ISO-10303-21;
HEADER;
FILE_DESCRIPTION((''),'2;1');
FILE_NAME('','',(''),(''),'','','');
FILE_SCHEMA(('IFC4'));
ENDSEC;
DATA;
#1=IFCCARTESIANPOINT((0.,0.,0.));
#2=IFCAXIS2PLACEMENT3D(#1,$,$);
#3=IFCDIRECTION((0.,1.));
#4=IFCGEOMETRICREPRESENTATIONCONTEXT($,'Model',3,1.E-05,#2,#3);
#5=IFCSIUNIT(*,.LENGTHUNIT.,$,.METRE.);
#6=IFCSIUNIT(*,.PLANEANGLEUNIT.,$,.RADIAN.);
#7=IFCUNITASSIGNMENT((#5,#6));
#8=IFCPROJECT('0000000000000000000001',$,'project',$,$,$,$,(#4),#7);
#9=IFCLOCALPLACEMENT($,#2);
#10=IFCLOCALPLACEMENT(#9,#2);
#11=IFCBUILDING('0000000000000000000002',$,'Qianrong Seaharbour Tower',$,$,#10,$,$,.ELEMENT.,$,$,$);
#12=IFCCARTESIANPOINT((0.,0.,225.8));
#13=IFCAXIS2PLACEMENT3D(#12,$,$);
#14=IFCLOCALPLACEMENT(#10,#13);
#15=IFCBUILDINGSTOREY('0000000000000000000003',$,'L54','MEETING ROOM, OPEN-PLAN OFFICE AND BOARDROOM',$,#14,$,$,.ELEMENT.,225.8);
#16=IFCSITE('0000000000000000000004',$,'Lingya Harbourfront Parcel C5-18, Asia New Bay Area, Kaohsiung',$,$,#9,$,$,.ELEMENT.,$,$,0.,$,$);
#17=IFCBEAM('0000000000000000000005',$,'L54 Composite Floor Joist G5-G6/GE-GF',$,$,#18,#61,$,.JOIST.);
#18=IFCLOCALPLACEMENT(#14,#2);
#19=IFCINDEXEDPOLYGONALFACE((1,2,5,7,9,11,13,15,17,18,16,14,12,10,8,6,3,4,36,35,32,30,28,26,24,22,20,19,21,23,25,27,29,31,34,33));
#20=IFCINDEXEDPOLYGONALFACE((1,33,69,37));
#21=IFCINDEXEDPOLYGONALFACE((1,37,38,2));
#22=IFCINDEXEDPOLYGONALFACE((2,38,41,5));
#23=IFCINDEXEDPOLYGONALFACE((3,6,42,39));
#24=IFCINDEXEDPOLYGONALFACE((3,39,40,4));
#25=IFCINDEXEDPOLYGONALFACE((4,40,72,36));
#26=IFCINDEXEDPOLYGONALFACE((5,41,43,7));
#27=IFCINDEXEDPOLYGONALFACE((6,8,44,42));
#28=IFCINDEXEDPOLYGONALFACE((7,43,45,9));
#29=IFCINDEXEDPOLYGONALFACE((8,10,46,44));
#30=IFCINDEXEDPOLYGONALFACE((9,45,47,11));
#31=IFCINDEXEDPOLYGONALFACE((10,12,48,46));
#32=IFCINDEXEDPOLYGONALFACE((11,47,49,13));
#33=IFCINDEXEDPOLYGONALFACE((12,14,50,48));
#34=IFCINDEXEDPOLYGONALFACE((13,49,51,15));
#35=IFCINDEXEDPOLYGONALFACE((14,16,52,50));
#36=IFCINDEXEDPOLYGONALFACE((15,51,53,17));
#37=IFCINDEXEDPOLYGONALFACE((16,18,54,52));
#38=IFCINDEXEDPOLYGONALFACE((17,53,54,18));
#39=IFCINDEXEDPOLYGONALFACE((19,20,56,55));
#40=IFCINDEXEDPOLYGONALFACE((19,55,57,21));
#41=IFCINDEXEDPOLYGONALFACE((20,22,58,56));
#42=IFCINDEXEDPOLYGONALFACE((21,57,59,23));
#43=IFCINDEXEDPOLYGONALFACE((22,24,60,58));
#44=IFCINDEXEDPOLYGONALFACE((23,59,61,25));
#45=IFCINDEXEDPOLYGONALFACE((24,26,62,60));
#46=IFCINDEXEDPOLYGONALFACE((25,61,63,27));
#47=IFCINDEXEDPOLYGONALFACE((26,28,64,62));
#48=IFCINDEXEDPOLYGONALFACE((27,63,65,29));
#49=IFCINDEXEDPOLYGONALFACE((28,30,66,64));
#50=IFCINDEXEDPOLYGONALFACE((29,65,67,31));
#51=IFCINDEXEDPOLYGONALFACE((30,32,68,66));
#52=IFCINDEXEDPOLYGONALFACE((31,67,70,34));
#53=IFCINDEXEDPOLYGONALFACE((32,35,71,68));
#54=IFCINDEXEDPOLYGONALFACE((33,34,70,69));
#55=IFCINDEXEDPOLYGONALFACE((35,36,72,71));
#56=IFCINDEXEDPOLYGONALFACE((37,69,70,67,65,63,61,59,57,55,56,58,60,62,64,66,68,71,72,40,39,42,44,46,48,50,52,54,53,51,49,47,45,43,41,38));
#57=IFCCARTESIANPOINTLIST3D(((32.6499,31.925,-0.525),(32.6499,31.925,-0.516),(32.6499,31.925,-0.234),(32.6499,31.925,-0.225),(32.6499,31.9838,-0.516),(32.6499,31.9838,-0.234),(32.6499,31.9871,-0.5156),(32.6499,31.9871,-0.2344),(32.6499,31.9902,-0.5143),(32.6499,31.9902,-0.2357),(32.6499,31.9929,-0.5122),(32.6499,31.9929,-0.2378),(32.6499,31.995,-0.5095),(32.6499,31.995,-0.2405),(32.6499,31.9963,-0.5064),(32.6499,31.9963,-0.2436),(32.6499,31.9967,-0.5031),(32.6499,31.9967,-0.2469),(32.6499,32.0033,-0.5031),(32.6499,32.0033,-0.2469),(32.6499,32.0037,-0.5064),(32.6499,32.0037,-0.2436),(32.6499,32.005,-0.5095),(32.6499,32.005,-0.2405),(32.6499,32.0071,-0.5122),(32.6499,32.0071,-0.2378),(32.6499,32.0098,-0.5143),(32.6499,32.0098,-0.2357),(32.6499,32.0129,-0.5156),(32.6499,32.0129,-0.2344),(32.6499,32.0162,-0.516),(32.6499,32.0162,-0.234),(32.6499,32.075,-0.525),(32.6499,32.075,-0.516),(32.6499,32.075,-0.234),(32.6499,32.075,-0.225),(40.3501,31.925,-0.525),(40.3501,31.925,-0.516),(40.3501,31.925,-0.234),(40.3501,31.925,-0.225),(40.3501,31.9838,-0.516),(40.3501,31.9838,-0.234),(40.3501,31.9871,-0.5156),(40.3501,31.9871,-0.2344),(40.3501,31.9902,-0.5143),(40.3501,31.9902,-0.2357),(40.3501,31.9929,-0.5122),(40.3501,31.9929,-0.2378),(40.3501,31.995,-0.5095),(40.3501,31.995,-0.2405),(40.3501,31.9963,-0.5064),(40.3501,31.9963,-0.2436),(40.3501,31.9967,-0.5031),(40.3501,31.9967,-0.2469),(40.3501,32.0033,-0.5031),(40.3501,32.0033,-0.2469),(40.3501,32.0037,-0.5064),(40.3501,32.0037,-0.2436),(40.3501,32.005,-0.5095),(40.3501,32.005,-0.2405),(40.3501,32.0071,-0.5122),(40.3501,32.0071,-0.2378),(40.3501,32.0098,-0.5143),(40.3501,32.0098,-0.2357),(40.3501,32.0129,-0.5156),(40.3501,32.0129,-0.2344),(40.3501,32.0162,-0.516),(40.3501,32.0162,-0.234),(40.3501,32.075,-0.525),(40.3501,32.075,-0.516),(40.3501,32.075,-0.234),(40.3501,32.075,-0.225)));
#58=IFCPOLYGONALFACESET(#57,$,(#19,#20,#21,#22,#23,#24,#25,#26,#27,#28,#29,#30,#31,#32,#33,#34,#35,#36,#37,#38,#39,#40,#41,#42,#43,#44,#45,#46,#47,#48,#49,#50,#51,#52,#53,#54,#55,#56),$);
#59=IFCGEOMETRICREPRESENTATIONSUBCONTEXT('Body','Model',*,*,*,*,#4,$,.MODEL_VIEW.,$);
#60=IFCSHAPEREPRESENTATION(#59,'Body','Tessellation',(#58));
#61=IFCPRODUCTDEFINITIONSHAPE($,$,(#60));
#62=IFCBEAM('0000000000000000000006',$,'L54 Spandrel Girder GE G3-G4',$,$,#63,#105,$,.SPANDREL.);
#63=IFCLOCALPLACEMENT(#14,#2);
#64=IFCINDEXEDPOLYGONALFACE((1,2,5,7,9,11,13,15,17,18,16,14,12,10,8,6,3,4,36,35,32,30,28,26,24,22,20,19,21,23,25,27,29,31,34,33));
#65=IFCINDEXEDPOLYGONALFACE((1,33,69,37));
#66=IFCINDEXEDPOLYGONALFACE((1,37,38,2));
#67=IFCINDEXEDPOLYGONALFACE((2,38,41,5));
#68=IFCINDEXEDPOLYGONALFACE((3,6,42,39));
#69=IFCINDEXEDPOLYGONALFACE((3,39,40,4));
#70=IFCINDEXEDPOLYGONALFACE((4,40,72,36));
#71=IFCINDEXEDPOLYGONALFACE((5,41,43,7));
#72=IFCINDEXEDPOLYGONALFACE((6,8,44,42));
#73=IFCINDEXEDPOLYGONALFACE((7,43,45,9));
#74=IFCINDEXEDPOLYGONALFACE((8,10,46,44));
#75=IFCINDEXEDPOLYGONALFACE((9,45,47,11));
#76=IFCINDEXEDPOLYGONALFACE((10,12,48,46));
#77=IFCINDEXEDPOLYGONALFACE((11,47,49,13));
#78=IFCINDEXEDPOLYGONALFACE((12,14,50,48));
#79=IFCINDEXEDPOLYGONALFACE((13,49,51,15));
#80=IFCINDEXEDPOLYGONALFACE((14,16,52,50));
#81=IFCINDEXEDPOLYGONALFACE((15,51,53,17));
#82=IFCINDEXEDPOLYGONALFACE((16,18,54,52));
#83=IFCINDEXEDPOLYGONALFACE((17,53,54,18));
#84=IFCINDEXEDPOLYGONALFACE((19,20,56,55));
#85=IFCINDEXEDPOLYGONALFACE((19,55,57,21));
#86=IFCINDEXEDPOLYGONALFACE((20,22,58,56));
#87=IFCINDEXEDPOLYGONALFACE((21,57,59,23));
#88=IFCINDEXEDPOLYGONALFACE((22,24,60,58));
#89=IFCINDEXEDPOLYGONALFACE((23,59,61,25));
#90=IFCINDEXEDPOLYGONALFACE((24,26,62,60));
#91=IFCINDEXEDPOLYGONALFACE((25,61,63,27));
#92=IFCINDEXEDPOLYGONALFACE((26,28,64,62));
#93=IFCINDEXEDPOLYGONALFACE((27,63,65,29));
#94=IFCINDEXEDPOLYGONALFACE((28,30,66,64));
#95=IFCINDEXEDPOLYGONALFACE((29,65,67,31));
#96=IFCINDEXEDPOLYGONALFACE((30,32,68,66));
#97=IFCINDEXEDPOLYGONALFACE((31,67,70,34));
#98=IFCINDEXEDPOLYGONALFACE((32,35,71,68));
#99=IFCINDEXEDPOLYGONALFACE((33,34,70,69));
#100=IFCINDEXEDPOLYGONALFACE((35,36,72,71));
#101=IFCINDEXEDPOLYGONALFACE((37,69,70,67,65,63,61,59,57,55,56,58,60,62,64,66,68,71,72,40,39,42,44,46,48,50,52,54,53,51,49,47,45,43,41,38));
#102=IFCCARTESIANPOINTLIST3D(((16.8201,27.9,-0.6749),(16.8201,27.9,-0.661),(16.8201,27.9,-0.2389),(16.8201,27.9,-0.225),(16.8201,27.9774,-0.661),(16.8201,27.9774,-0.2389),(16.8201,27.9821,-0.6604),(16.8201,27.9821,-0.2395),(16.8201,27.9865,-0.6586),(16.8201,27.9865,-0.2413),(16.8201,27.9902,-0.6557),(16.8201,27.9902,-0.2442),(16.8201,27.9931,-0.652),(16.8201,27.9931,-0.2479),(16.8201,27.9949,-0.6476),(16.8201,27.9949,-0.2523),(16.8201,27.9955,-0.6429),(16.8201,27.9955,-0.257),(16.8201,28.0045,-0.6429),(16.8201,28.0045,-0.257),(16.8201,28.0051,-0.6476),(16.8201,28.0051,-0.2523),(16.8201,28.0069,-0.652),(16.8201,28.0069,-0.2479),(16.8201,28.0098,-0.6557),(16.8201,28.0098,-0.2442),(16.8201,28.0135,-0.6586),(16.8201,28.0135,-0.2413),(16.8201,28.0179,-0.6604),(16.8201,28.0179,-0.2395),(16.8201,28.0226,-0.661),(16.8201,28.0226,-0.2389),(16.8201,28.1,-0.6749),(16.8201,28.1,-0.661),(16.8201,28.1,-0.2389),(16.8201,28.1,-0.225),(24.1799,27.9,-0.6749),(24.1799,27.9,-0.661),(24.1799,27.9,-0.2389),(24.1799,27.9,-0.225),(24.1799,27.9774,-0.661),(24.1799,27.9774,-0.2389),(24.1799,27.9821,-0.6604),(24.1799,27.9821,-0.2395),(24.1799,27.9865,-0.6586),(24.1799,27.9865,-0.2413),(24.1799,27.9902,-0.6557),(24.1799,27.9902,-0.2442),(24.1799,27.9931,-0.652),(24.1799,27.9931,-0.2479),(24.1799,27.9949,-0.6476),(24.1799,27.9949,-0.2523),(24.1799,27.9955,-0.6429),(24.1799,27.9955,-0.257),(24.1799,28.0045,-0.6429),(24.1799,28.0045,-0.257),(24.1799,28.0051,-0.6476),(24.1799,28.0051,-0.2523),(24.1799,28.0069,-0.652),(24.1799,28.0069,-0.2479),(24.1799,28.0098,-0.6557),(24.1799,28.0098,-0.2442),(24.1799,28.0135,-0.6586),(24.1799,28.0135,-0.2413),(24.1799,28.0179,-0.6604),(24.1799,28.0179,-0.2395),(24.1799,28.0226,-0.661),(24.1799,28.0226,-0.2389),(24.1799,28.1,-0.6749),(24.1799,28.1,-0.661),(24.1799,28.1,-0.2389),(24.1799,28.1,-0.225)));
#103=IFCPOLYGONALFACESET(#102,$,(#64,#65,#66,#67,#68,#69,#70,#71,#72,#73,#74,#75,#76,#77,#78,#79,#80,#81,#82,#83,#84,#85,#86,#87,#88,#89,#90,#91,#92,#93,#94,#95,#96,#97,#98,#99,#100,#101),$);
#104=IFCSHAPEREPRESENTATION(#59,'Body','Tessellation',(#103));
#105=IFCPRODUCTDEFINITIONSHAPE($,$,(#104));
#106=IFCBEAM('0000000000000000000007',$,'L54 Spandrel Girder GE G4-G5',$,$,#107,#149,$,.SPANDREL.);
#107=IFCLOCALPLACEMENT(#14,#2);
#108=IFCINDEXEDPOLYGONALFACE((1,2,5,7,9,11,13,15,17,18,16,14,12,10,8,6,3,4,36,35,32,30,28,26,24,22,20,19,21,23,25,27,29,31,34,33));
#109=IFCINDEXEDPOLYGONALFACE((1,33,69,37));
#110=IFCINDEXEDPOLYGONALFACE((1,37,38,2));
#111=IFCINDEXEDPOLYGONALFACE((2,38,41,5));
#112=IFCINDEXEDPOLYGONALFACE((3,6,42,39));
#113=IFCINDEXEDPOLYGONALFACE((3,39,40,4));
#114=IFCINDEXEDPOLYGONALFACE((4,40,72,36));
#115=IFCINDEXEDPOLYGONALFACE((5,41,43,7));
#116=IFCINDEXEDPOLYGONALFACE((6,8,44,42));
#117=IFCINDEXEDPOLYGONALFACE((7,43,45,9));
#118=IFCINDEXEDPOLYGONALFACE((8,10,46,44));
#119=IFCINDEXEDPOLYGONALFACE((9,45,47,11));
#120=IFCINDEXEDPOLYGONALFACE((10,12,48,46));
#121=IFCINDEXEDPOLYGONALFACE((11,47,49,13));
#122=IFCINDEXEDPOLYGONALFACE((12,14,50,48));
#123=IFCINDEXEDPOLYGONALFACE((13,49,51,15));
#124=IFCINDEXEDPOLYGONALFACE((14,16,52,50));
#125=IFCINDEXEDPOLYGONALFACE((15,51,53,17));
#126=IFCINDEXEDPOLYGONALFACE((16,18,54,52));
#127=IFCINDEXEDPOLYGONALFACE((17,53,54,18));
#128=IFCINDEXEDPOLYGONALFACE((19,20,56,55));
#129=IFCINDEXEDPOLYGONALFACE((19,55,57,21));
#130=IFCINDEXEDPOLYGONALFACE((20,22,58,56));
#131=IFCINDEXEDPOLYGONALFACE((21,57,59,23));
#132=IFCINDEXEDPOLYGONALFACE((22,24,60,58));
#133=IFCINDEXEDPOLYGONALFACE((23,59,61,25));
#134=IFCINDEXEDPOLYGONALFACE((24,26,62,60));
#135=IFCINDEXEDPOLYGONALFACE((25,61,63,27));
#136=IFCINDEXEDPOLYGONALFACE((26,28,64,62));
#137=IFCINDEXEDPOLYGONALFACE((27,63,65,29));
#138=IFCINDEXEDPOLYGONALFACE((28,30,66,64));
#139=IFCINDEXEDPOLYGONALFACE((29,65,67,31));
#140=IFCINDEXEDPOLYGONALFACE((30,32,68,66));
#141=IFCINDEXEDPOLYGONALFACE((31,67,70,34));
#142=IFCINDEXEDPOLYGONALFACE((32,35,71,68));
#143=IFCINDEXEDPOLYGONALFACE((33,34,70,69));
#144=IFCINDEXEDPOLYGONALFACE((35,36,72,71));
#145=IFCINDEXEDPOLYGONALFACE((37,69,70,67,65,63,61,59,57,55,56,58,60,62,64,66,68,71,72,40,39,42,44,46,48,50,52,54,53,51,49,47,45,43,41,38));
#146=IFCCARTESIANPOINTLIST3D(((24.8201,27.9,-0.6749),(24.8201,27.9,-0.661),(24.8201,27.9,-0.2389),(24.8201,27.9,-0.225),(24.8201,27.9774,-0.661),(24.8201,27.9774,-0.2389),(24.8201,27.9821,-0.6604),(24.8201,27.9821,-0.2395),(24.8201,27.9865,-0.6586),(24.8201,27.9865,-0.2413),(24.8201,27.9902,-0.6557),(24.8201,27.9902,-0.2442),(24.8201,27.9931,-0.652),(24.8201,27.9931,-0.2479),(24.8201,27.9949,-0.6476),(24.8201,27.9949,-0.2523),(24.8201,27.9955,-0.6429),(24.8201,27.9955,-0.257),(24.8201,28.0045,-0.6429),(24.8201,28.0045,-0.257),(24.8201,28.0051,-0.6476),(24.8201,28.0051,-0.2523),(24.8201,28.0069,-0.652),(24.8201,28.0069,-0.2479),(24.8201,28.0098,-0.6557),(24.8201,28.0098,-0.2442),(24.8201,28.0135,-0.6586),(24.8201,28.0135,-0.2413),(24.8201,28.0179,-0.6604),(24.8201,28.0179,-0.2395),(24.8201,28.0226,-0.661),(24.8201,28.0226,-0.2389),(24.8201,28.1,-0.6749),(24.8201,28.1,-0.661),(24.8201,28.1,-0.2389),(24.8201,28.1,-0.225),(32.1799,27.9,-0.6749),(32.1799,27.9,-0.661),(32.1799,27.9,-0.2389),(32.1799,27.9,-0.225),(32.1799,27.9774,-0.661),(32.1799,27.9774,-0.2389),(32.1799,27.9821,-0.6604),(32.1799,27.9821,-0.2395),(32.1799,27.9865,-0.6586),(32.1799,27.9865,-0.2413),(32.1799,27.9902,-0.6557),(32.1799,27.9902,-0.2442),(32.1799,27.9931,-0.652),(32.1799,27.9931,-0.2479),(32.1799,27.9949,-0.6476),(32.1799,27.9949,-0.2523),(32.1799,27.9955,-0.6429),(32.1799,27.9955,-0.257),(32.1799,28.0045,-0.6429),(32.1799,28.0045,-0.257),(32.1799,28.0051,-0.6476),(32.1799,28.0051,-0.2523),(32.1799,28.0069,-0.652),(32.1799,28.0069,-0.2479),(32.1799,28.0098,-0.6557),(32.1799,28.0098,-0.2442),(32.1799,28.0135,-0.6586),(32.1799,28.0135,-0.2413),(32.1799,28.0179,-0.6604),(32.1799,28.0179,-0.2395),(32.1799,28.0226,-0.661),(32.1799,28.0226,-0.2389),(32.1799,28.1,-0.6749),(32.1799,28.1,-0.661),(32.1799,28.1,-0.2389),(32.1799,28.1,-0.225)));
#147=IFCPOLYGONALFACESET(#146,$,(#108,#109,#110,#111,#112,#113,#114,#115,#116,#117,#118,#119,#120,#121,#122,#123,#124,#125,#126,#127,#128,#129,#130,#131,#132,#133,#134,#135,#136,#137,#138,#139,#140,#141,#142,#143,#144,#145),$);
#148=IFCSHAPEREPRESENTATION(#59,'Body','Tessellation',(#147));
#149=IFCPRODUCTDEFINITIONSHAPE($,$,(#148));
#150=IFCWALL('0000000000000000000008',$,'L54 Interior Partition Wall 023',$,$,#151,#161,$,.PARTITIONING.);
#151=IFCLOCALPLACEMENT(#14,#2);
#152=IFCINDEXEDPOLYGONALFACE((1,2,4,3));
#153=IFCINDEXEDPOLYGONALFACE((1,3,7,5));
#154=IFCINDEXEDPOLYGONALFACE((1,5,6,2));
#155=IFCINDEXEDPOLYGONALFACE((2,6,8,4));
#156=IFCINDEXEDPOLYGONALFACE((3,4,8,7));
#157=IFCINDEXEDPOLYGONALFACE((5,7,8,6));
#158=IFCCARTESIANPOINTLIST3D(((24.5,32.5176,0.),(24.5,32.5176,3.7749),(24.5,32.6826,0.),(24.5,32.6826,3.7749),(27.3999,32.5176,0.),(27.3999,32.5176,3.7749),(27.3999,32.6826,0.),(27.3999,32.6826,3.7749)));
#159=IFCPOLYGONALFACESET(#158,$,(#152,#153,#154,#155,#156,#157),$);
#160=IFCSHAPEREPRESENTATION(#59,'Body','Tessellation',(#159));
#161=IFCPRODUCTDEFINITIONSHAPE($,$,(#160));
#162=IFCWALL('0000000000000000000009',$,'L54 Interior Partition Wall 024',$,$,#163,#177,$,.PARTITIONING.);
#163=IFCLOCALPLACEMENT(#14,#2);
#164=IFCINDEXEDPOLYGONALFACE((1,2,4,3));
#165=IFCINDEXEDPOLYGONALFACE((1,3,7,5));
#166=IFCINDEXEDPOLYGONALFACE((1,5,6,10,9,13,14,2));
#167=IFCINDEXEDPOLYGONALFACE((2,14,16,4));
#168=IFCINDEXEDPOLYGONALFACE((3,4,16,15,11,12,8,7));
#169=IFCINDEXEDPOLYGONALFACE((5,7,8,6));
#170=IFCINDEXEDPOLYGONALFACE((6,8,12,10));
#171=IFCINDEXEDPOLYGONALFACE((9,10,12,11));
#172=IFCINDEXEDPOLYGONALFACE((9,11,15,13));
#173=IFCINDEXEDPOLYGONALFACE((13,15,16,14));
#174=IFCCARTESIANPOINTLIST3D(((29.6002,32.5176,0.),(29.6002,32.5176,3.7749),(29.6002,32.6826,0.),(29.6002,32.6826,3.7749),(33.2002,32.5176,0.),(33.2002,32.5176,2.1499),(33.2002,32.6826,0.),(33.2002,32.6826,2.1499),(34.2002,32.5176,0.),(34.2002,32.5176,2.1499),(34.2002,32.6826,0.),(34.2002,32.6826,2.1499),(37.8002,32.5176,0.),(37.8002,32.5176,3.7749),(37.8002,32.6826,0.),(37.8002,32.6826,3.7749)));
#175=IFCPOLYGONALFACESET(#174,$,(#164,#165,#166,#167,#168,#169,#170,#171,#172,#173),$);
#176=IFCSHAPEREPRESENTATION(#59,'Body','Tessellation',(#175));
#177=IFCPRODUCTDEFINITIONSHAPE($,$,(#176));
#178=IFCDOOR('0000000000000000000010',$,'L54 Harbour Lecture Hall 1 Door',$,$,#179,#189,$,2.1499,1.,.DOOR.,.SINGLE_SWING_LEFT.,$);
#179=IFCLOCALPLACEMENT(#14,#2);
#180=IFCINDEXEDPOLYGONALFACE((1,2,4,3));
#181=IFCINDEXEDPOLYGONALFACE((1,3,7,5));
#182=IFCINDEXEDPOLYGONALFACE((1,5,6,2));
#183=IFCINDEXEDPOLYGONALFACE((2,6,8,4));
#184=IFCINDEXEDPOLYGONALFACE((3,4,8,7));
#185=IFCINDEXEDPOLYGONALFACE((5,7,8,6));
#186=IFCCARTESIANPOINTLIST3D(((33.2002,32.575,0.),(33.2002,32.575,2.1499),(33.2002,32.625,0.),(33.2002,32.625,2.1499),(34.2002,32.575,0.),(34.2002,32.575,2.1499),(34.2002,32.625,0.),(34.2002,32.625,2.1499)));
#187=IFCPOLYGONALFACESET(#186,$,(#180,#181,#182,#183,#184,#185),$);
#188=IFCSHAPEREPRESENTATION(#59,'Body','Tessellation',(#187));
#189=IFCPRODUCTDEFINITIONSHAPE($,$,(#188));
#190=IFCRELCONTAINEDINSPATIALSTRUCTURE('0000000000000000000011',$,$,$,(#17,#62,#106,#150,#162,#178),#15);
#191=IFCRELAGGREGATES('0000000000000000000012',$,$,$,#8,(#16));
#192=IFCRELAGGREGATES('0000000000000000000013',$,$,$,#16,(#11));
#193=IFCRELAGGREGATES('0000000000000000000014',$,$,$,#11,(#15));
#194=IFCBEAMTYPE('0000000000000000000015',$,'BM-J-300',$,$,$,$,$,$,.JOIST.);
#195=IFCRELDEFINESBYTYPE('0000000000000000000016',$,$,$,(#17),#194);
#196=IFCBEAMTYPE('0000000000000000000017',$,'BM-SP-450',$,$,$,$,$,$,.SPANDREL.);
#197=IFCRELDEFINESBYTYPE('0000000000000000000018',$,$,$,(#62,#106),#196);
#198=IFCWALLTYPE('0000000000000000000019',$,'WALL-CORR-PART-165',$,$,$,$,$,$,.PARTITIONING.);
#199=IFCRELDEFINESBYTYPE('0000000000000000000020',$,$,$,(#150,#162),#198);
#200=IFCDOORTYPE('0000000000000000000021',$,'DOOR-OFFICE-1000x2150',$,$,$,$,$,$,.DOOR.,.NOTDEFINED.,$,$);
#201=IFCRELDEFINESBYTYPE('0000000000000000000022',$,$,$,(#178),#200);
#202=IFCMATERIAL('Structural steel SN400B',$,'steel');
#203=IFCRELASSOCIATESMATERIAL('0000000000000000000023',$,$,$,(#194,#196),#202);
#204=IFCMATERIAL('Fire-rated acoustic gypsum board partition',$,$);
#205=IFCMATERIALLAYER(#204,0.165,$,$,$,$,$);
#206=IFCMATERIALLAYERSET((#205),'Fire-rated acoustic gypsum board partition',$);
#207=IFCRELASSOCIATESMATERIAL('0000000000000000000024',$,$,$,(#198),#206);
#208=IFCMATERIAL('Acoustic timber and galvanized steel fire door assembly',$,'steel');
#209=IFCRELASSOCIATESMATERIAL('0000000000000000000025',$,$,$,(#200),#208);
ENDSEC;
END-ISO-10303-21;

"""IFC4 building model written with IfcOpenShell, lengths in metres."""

from ifc_helpers import new_model, si_unit, direction, frame, frame_2d, origin, origin_2d, place, context, subcontext, project, spatial, rectangle, i_section, extrude, material, layer, layer_set, material_profile, profile_set, type_object, element, fill, save


model = new_model("IFC4")

# Units and contexts
model_context = context("Model", 3, precision=1e-05, world=origin(), true_north=direction((0.0, 1.0)))
body_context = subcontext(model_context, "Body", "Model", "MODEL_VIEW")
ifc_project = project(units=[si_unit("LENGTHUNIT", "METRE"), si_unit("PLANEANGLEUNIT", "RADIAN")], contexts=[model_context])

# Site, building, storey
site_placement = place(None, origin())
site = spatial("IfcSite", under=ifc_project, at=site_placement, Name="Lingya Harbourfront Parcel C5-18, Asia New Bay Area, Kaohsiung", CompositionType="ELEMENT", RefElevation=0.0)
building_placement = place(site_placement, origin())
building = spatial("IfcBuilding", under=site, at=building_placement, Name="Qianrong Seaharbour Tower", CompositionType="ELEMENT")
storey_placement = place(building_placement, frame((0.0, 0.0, 225.8)))
storey = spatial("IfcBuildingStorey", under=building, at=storey_placement, Name="L54", Description="MEETING ROOM, OPEN-PLAN OFFICE AND BOARDROOM", CompositionType="ELEMENT", Elevation=225.8)

# Beams
ifc_material_1 = material(Name="Structural steel SN400B", Category="steel")
ifc_material_profile_1 = material_profile(ifc_material_1, i_section(OverallWidth=0.1499, OverallDepth=0.3, WebThickness=0.0066, FlangeThickness=0.009, FilletRadius=0.0129, at=origin_2d()), Name="H300x150x6.5x9")
ifc_profile_set_1 = profile_set([ifc_material_profile_1], Name="Structural steel SN400B")
beam_type_1 = type_object("IfcBeamType", Name="BM-J-300", PredefinedType="JOIST", material=ifc_profile_set_1)
for number, where, z_axis, x_axis, name in (
    (1, (32.6499, 32.0, -0.375), (1.0, 0.0, 0.0), (0.0, 1.0, 0.0), "L54 Composite Floor Joist G5-G6/GE-GF"),
):
    element("IfcBeam", number, at=place(storey_placement, frame(where, z_axis=z_axis, x_axis=x_axis)), inside=storey, type_object=beam_type_1, Name=name, PredefinedType="JOIST", context=body_context, shape_type="SweptSolid", body=[
        extrude(i_section(OverallWidth=0.1499, OverallDepth=0.3, WebThickness=0.0066, FlangeThickness=0.009, FilletRadius=0.0129, at=origin_2d()), origin(), (0.0, 0.0, 1.0), 7.7002),
    ])
ifc_material_profile_2 = material_profile(ifc_material_1, i_section(OverallWidth=0.2, OverallDepth=0.45, WebThickness=0.009, FlangeThickness=0.0139, FilletRadius=0.0181, at=origin_2d()), Name="H450x200x9x14")
ifc_profile_set_2 = profile_set([ifc_material_profile_2], Name="Structural steel SN400B")
beam_type_2 = type_object("IfcBeamType", Name="BM-SP-450", PredefinedType="SPANDREL", material=ifc_profile_set_2)
for number, where, z_axis, x_axis, name in (
    (2, (16.8201, 28.0, -0.45), (1.0, 0.0, 0.0), (0.0, 1.0, 0.0), "L54 Spandrel Girder GE G3-G4"),
    (3, (24.8201, 28.0, -0.45), (1.0, 0.0, 0.0), (0.0, 1.0, 0.0), "L54 Spandrel Girder GE G4-G5"),
):
    element("IfcBeam", number, at=place(storey_placement, frame(where, z_axis=z_axis, x_axis=x_axis)), inside=storey, type_object=beam_type_2, Name=name, PredefinedType="SPANDREL", context=body_context, shape_type="SweptSolid", body=[
        extrude(i_section(OverallWidth=0.2, OverallDepth=0.45, WebThickness=0.009, FlangeThickness=0.0139, FilletRadius=0.0181, at=origin_2d()), origin(), (0.0, 0.0, 1.0), 7.3599),
    ])

# Wall
ifc_material_2 = material(Name="Fire-rated acoustic gypsum board partition")
ifc_layer = layer(ifc_material_2, 0.165)
ifc_layer_set = layer_set([ifc_layer], Name="Fire-rated acoustic gypsum board partition")
wall_type = type_object("IfcWallType", Name="WALL-CORR-PART-165", PredefinedType="PARTITIONING", material=ifc_layer_set)
wall_1_placement = place(storey_placement, frame((24.5, 32.6001, 0.0), z_axis=(0.0, 0.0, 1.0), x_axis=(1.0, 0.0, 0.0)))
element("IfcWall", 4, at=wall_1_placement, inside=storey, type_object=wall_type, Name="L54 Interior Partition Wall 023", PredefinedType="PARTITIONING", context=body_context, shape_type="SweptSolid", body=[
    extrude(rectangle(XDim=2.8999, YDim=0.165, at=frame_2d((1.45, 0.0))), origin(), (0.0, 0.0, 1.0), 3.7749),
])

# Wall, opening, door
wall_2_placement = place(storey_placement, frame((29.6001, 32.6001, 0.0), z_axis=(0.0, 0.0, 1.0), x_axis=(1.0, 0.0, 0.0)))
wall_2 = element("IfcWall", 5, at=wall_2_placement, inside=storey, type_object=wall_type, Name="L54 Interior Partition Wall 024", PredefinedType="PARTITIONING", context=body_context, shape_type="SweptSolid", body=[
    extrude(rectangle(XDim=8.2, YDim=0.165, at=frame_2d((4.1001, 0.0))), origin(), (0.0, 0.0, 1.0), 3.7749),
])
opening_1_placement = place(wall_2_placement, frame((3.6001, 0.0, 0.0)))
opening_1 = element("IfcOpeningElement", 6, at=opening_1_placement, cuts=wall_2, PredefinedType="OPENING", context=body_context, shape_type="SweptSolid", body=[
    extrude(rectangle(XDim=1.0, YDim=2.1499, at=frame_2d((0.5, 1.075))), frame((0.0, 0.0925, 0.0), z_axis=(0.0, -1.0, 0.0), x_axis=(1.0, 0.0, 0.0)), (0.0, 0.0, 1.0), 0.1851),
])
ifc_material_3 = material(Name="Acoustic timber and galvanized steel fire door assembly", Category="steel")
door_type = type_object("IfcDoorType", Name="DOOR-OFFICE-1000x2150", OperationType="NOTDEFINED", PredefinedType="DOOR", material=ifc_material_3)
door_1_placement = place(opening_1_placement, origin())
door_1 = element("IfcDoor", 7, at=door_1_placement, inside=storey, type_object=door_type, Name="L54 Harbour Lecture Hall 1 Door", OperationType="SINGLE_SWING_LEFT", OverallHeight=2.1499, OverallWidth=1.0, PredefinedType="DOOR", context=body_context, shape_type="SweptSolid", body=[
    extrude(rectangle(XDim=1.0, YDim=2.1499, at=frame_2d((0.5, 1.075))), frame((0.0, 0.0249, 0.0), z_axis=(0.0, -1.0, 0.0), x_axis=(1.0, 0.0, 0.0)), (0.0, 0.0, 1.0), 0.05),
])
fill(opening_1, door_1)

save(model, "model.ifc")
